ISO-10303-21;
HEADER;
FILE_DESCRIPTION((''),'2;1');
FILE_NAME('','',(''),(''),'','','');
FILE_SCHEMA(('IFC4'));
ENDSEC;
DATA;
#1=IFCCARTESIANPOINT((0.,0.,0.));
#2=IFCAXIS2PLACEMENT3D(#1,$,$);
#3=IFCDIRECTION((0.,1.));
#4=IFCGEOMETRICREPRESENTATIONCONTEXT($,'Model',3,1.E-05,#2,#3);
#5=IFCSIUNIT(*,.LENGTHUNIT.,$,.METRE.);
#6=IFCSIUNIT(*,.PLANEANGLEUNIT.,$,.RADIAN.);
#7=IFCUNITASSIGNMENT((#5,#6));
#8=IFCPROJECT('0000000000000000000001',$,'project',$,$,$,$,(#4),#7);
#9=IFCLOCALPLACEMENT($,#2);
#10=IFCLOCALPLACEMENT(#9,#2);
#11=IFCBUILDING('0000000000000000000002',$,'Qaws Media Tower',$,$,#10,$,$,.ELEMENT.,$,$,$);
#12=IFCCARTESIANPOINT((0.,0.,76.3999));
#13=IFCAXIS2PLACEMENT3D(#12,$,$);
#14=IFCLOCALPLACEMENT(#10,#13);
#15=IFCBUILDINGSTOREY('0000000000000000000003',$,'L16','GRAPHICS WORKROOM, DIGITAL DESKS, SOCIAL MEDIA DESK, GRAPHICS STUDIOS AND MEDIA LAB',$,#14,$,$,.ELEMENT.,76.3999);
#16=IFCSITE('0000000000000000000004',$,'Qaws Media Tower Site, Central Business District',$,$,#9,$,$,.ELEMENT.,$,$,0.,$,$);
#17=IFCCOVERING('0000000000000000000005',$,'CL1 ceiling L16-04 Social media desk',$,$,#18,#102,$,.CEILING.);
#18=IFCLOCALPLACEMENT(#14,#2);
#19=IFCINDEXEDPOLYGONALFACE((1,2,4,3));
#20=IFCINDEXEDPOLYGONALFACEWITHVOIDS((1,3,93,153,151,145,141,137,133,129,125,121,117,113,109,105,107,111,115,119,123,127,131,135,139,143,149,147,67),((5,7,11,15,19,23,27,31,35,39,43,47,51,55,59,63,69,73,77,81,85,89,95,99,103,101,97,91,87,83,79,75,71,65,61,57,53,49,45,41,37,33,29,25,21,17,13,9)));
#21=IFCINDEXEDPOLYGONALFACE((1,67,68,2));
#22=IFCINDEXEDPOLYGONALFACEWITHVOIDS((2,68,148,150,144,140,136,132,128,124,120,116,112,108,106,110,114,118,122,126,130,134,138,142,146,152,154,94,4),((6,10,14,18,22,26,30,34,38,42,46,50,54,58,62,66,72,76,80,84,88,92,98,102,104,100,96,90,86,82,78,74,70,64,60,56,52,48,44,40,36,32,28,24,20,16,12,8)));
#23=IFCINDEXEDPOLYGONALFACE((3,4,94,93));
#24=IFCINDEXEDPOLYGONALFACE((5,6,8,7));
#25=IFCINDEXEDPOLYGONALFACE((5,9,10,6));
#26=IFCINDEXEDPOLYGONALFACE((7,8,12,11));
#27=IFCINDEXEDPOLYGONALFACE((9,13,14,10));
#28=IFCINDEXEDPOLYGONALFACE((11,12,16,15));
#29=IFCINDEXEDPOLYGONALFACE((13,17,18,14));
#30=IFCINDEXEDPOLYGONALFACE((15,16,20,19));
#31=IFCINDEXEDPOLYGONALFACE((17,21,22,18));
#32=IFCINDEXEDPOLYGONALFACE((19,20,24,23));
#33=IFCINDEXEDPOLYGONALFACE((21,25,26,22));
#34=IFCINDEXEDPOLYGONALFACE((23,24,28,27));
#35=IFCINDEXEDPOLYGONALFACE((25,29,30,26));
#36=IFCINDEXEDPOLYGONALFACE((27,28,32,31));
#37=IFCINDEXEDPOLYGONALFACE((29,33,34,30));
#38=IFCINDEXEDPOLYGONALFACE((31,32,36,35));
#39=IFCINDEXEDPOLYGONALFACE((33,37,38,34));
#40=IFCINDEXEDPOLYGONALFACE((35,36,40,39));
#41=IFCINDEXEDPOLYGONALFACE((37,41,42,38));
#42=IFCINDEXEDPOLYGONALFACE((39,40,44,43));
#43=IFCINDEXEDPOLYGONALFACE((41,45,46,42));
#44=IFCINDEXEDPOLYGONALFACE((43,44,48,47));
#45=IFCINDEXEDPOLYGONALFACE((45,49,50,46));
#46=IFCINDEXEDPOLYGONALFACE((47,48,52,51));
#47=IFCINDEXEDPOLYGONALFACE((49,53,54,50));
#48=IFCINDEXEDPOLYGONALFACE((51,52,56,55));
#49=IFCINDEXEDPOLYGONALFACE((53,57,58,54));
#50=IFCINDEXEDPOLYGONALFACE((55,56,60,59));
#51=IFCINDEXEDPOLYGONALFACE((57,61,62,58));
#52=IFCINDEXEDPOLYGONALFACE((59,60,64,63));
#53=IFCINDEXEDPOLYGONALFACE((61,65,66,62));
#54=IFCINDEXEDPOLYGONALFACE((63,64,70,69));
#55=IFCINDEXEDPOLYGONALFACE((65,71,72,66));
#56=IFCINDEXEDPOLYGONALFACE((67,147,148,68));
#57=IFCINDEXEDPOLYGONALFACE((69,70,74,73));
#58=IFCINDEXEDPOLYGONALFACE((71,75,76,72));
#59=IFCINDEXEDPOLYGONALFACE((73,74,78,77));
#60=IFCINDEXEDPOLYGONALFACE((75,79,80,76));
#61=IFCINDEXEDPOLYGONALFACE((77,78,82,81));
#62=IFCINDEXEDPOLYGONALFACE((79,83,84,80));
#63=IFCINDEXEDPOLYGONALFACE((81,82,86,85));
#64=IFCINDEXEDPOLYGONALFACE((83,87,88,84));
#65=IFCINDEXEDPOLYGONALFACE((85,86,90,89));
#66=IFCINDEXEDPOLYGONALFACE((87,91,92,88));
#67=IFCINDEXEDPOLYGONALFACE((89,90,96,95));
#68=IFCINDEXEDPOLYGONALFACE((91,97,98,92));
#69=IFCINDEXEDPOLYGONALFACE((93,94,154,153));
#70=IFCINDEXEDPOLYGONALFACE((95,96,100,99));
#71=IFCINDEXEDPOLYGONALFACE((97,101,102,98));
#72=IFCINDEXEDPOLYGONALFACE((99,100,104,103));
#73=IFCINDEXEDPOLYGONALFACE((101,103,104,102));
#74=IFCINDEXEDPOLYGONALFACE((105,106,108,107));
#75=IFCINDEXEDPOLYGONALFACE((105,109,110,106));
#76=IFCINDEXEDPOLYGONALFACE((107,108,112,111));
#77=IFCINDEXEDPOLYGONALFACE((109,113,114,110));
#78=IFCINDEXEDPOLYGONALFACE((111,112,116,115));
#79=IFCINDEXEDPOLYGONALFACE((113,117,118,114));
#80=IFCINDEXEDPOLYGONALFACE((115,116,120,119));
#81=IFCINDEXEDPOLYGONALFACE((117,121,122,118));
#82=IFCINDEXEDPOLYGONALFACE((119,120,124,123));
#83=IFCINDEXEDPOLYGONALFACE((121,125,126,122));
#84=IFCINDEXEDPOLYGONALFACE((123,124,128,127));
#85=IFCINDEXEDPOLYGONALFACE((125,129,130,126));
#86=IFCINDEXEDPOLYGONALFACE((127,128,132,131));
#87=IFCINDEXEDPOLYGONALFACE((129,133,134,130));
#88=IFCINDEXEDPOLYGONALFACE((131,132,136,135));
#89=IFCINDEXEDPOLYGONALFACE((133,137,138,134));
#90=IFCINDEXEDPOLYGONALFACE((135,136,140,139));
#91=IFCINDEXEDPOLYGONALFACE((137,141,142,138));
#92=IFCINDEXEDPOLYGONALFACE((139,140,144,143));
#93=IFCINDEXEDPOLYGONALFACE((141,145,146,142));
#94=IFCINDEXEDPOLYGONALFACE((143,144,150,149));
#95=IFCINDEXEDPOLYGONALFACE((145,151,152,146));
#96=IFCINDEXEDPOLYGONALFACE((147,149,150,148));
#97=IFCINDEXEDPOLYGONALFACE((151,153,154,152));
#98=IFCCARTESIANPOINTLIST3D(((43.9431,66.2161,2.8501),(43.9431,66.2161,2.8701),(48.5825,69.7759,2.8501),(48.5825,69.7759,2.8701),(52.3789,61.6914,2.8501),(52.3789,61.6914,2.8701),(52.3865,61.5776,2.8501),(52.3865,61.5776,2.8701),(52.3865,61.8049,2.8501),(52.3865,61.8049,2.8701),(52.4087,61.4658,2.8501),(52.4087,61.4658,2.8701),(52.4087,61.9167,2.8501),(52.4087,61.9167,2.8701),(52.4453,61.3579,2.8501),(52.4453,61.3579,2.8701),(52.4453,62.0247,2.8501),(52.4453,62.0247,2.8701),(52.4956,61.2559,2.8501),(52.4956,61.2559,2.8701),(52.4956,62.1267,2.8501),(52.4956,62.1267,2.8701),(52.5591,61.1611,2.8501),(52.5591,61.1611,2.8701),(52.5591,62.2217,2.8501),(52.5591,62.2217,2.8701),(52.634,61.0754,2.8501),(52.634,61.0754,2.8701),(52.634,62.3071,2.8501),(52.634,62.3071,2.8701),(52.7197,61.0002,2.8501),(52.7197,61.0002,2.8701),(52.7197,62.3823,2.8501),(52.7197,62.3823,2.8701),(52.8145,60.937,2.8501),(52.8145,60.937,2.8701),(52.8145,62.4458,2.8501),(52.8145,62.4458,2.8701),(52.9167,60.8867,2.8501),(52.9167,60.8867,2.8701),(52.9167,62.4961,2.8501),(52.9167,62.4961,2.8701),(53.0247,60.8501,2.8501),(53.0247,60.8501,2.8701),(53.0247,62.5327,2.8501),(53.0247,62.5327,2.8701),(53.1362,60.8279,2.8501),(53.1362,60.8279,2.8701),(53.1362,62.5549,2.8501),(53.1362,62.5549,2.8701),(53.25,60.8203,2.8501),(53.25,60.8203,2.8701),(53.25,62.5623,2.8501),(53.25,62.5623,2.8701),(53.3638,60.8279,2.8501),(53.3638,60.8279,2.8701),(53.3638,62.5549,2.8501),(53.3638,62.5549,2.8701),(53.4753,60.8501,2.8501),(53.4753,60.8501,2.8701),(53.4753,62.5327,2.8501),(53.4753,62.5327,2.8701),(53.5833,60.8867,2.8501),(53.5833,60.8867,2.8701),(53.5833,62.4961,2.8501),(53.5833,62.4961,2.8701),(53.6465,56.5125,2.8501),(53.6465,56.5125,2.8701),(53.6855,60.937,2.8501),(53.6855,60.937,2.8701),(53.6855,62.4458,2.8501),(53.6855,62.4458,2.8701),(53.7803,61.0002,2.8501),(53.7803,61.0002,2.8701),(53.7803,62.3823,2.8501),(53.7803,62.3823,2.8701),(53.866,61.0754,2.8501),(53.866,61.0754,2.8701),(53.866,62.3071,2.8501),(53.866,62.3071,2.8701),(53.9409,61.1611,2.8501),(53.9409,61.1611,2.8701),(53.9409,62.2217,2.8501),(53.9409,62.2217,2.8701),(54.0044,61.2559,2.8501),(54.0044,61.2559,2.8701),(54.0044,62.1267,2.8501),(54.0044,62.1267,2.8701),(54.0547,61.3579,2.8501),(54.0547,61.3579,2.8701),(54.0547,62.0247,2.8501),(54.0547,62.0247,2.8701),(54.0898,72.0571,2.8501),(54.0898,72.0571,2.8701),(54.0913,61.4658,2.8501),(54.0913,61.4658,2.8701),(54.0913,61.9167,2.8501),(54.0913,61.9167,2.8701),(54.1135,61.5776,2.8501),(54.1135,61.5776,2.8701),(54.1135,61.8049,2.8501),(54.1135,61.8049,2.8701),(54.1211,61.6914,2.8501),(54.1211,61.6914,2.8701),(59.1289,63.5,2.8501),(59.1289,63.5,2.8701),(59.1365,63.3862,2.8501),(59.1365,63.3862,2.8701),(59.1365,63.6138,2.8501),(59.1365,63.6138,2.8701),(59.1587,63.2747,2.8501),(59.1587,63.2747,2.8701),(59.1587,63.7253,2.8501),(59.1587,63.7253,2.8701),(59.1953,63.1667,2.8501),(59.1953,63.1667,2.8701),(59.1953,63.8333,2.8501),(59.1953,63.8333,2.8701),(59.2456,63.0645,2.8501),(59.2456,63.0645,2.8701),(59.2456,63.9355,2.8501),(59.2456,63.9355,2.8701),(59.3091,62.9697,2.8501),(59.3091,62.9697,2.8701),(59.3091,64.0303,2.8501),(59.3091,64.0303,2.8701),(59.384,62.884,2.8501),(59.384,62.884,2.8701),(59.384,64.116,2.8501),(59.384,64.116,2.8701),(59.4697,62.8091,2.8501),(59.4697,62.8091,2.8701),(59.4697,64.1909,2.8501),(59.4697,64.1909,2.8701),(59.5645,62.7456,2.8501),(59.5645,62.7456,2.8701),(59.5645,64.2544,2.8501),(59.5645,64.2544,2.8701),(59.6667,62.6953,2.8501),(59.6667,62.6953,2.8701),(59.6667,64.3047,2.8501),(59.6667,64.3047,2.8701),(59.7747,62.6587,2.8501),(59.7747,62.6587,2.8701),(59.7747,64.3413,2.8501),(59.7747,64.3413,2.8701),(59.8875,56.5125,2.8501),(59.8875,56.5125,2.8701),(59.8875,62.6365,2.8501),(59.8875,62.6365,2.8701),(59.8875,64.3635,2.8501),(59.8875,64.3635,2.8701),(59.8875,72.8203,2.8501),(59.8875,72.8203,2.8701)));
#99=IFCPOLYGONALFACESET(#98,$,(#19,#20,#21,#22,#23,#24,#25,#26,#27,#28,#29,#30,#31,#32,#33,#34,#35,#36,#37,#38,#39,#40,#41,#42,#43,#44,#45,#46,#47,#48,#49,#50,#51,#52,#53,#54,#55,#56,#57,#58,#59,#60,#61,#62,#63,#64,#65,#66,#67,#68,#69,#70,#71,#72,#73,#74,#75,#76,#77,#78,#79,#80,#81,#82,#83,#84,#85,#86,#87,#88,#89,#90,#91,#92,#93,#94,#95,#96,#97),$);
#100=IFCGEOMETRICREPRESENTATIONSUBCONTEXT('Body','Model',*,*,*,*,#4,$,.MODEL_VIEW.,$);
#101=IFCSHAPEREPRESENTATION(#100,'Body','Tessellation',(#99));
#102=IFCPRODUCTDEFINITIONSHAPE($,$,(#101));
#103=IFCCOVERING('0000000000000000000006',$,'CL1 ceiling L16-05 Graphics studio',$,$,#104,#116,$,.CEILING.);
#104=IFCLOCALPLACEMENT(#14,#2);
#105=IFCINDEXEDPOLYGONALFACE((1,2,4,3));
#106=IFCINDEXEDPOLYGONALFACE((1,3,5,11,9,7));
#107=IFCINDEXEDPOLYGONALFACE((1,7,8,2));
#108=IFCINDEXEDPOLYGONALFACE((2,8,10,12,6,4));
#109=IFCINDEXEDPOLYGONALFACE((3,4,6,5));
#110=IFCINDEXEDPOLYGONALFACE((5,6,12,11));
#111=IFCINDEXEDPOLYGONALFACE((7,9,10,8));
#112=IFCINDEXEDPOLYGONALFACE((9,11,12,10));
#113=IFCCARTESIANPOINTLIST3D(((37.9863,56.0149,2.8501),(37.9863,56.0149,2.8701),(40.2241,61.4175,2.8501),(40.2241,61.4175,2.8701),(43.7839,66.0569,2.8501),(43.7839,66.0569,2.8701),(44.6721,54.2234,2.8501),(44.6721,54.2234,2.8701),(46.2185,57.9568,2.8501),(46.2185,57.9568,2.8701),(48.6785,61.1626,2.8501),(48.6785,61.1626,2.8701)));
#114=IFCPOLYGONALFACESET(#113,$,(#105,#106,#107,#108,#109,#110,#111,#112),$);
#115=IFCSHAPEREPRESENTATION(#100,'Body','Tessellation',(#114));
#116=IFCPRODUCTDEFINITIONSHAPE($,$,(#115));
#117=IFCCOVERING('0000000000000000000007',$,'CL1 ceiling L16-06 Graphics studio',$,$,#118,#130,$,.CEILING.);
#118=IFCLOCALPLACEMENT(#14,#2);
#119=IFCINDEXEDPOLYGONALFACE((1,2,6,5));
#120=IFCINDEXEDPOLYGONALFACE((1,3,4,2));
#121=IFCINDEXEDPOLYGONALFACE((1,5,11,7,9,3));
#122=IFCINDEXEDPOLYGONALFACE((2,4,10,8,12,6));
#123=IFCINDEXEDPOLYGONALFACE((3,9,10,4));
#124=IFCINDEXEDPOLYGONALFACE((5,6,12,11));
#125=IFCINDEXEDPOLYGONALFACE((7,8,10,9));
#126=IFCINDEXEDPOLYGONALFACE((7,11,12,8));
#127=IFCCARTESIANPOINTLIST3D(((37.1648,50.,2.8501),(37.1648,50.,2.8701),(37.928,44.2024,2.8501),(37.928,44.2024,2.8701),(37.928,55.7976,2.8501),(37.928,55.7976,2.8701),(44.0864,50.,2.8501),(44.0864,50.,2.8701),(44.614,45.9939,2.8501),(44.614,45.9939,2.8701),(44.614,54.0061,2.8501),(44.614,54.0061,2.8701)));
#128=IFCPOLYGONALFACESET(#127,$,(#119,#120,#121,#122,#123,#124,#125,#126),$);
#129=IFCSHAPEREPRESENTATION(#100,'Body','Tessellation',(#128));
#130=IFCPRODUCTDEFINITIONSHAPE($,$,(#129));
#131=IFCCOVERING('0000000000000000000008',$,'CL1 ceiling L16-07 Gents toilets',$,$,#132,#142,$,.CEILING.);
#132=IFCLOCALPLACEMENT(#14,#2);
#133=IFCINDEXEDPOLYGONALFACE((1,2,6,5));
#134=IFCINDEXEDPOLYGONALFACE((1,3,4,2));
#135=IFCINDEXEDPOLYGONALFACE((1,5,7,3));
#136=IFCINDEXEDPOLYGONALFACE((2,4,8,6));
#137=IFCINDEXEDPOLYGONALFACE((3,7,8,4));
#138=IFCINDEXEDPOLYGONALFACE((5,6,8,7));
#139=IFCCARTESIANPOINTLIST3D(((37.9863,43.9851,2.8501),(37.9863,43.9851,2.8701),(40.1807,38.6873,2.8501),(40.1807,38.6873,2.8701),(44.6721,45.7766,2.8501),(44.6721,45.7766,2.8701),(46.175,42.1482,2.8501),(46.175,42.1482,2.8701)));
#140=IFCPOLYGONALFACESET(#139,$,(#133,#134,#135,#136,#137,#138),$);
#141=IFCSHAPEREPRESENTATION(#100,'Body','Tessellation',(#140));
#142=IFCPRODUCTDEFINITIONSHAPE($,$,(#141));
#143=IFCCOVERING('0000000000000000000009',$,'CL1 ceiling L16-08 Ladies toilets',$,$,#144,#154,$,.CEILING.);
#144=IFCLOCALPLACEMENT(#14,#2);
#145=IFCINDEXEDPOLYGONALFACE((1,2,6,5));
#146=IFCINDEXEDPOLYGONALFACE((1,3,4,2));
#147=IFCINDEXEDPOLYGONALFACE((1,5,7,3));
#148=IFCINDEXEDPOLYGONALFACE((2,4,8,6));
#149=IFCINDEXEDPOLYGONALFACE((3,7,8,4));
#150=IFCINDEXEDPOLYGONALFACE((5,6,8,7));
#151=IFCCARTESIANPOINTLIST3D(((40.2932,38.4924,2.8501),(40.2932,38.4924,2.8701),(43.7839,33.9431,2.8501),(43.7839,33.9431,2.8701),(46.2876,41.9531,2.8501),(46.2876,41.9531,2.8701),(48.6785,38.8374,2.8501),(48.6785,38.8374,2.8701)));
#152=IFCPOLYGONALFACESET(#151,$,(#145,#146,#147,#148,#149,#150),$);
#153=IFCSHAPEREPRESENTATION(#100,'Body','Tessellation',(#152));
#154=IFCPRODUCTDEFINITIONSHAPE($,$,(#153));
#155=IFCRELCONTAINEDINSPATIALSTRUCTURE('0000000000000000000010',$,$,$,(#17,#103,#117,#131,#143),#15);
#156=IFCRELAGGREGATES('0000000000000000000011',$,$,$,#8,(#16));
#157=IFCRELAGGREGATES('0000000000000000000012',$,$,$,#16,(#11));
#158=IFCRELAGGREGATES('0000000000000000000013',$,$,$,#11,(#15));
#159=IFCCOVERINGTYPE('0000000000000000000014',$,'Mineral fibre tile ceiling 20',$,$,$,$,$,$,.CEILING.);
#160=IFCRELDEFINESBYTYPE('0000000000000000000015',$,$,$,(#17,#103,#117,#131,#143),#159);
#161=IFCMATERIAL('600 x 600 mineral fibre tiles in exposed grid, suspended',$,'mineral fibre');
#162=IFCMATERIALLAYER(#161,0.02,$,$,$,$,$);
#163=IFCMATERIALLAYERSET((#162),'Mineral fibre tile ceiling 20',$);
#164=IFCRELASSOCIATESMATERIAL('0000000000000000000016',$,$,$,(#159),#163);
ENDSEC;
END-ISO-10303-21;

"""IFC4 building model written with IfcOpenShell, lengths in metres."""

from ifc_helpers import new_model, si_unit, direction, frame, origin, place, context, subcontext, project, spatial, polyline, outline, extrude, material, layer, layer_set, type_object, element, save


model = new_model("IFC4")

# Units and contexts
model_context = context("Model", 3, precision=1e-05, world=origin(), true_north=direction((0.0, 1.0)))
body_context = subcontext(model_context, "Body", "Model", "MODEL_VIEW")
ifc_project = project(units=[si_unit("LENGTHUNIT", "METRE"), si_unit("PLANEANGLEUNIT", "RADIAN")], contexts=[model_context])

# Site, building, storey
site_placement = place(None, origin())
site = spatial("IfcSite", under=ifc_project, at=site_placement, Name="Qaws Media Tower Site, Central Business District", CompositionType="ELEMENT", RefElevation=0.0)
building_placement = place(site_placement, origin())
building = spatial("IfcBuilding", under=site, at=building_placement, Name="Qaws Media Tower", CompositionType="ELEMENT")
storey_placement = place(building_placement, frame((0.0, 0.0, 76.3999)))
storey = spatial("IfcBuildingStorey", under=building, at=storey_placement, Name="L16", Description="GRAPHICS WORKROOM, DIGITAL DESKS, SOCIAL MEDIA DESK, GRAPHICS STUDIOS AND MEDIA LAB", CompositionType="ELEMENT", Elevation=76.3999)

# Coverings
ifc_material_1 = material(Name="600 x 600 mineral fibre tiles in exposed grid, suspended", Category="mineral fibre")
ifc_layer_1 = layer(ifc_material_1, 0.02)
ifc_layer_set_1 = layer_set([ifc_layer_1], Name="Mineral fibre tile ceiling 20")
covering_type_1 = type_object("IfcCoveringType", Name="Mineral fibre tile ceiling 20", PredefinedType="CEILING", material=ifc_layer_set_1)
covering_1_placement = place(storey_placement, frame((0.0, 0.0, 2.8501)))
element("IfcCovering", 1, at=covering_1_placement, inside=storey, type_object=covering_type_1, Name="CL1 ceiling L16-04 Social media desk", PredefinedType="CEILING", context=body_context, shape_type="SweptSolid", body=[
    extrude(outline(polyline([(48.5825, 69.7759), (54.0898, 72.0571), (59.8875, 72.8203), (59.8875, 64.3635), (59.7747, 64.3413), (59.6667, 64.3047), (59.5645, 64.2544), (59.4697, 64.1909), (59.384, 64.116), (59.3091, 64.0303), (59.2456, 63.9355), (59.1953, 63.8333), (59.1587, 63.7253), (59.1365, 63.6138), (59.1289, 63.5), (59.1365, 63.3862), (59.1587, 63.2747), (59.1953, 63.1667), (59.2456, 63.0645), (59.3091, 62.9697), (59.384, 62.884), (59.4697, 62.8091), (59.5645, 62.7456), (59.6667, 62.6953), (59.7747, 62.6587), (59.8875, 62.6365), (59.8875, 56.5125), (53.6465, 56.5125), (43.9431, 66.2161), (48.5825, 69.7759)]), holes=[polyline([(54.0547, 61.3579), (54.0913, 61.4658), (54.1135, 61.5776), (54.1211, 61.6914), (54.1135, 61.8049), (54.0913, 61.9167), (54.0547, 62.0247), (54.0044, 62.1267), (53.9409, 62.2217), (53.866, 62.3071), (53.7803, 62.3823), (53.6855, 62.4458), (53.5833, 62.4961), (53.4753, 62.5327), (53.3638, 62.5549), (53.25, 62.5623), (53.1362, 62.5549), (53.0247, 62.5327), (52.9167, 62.4961), (52.8145, 62.4458), (52.7197, 62.3823), (52.634, 62.3071), (52.5591, 62.2217), (52.4956, 62.1267), (52.4453, 62.0247), (52.4087, 61.9167), (52.3865, 61.8049), (52.3789, 61.6914), (52.3865, 61.5776), (52.4087, 61.4658), (52.4453, 61.3579), (52.4956, 61.2559), (52.5591, 61.1611), (52.634, 61.0754), (52.7197, 61.0002), (52.8145, 60.937), (52.9167, 60.8867), (53.0247, 60.8501), (53.1362, 60.8279), (53.25, 60.8203), (53.3638, 60.8279), (53.4753, 60.8501), (53.5833, 60.8867), (53.6855, 60.937), (53.7803, 61.0002), (53.866, 61.0754), (53.9409, 61.1611), (54.0044, 61.2559), (54.0547, 61.3579)])]), origin(), (0.0, 0.0, 1.0), 0.02),
])
covering_2_placement = place(storey_placement, frame((0.0, 0.0, 2.8501)))
element("IfcCovering", 2, at=covering_2_placement, inside=storey, type_object=covering_type_1, Name="CL1 ceiling L16-05 Graphics studio", PredefinedType="CEILING", context=body_context, shape_type="SweptSolid", body=[
    extrude(outline(polyline([(40.2241, 61.4175), (43.7839, 66.0569), (48.6785, 61.1626), (46.2185, 57.9568), (44.6721, 54.2234), (37.9863, 56.0149), (40.2241, 61.4175)])), origin(), (0.0, 0.0, 1.0), 0.02),
])
covering_3_placement = place(storey_placement, frame((0.0, 0.0, 2.8501)))
element("IfcCovering", 3, at=covering_3_placement, inside=storey, type_object=covering_type_1, Name="CL1 ceiling L16-06 Graphics studio", PredefinedType="CEILING", context=body_context, shape_type="SweptSolid", body=[
    extrude(outline(polyline([(37.1648, 50.0), (37.928, 55.7976), (44.614, 54.0061), (44.0864, 50.0), (44.614, 45.9939), (37.928, 44.2024), (37.1648, 50.0)])), origin(), (0.0, 0.0, 1.0), 0.02),
])
covering_4_placement = place(storey_placement, frame((0.0, 0.0, 2.8501)))
element("IfcCovering", 4, at=covering_4_placement, inside=storey, type_object=covering_type_1, Name="CL1 ceiling L16-07 Gents toilets", PredefinedType="CEILING", context=body_context, shape_type="SweptSolid", body=[
    extrude(outline(polyline([(37.9863, 43.9851), (44.6721, 45.7766), (46.175, 42.1482), (40.1807, 38.6873), (37.9863, 43.9851)])), origin(), (0.0, 0.0, 1.0), 0.02),
])
covering_5_placement = place(storey_placement, frame((0.0, 0.0, 2.8501)))
element("IfcCovering", 5, at=covering_5_placement, inside=storey, type_object=covering_type_1, Name="CL1 ceiling L16-08 Ladies toilets", PredefinedType="CEILING", context=body_context, shape_type="SweptSolid", body=[
    extrude(outline(polyline([(40.2932, 38.4924), (46.2876, 41.9531), (48.6785, 38.8374), (43.7839, 33.9431), (40.2932, 38.4924)])), origin(), (0.0, 0.0, 1.0), 0.02),
])

save(model, "model.ifc")
